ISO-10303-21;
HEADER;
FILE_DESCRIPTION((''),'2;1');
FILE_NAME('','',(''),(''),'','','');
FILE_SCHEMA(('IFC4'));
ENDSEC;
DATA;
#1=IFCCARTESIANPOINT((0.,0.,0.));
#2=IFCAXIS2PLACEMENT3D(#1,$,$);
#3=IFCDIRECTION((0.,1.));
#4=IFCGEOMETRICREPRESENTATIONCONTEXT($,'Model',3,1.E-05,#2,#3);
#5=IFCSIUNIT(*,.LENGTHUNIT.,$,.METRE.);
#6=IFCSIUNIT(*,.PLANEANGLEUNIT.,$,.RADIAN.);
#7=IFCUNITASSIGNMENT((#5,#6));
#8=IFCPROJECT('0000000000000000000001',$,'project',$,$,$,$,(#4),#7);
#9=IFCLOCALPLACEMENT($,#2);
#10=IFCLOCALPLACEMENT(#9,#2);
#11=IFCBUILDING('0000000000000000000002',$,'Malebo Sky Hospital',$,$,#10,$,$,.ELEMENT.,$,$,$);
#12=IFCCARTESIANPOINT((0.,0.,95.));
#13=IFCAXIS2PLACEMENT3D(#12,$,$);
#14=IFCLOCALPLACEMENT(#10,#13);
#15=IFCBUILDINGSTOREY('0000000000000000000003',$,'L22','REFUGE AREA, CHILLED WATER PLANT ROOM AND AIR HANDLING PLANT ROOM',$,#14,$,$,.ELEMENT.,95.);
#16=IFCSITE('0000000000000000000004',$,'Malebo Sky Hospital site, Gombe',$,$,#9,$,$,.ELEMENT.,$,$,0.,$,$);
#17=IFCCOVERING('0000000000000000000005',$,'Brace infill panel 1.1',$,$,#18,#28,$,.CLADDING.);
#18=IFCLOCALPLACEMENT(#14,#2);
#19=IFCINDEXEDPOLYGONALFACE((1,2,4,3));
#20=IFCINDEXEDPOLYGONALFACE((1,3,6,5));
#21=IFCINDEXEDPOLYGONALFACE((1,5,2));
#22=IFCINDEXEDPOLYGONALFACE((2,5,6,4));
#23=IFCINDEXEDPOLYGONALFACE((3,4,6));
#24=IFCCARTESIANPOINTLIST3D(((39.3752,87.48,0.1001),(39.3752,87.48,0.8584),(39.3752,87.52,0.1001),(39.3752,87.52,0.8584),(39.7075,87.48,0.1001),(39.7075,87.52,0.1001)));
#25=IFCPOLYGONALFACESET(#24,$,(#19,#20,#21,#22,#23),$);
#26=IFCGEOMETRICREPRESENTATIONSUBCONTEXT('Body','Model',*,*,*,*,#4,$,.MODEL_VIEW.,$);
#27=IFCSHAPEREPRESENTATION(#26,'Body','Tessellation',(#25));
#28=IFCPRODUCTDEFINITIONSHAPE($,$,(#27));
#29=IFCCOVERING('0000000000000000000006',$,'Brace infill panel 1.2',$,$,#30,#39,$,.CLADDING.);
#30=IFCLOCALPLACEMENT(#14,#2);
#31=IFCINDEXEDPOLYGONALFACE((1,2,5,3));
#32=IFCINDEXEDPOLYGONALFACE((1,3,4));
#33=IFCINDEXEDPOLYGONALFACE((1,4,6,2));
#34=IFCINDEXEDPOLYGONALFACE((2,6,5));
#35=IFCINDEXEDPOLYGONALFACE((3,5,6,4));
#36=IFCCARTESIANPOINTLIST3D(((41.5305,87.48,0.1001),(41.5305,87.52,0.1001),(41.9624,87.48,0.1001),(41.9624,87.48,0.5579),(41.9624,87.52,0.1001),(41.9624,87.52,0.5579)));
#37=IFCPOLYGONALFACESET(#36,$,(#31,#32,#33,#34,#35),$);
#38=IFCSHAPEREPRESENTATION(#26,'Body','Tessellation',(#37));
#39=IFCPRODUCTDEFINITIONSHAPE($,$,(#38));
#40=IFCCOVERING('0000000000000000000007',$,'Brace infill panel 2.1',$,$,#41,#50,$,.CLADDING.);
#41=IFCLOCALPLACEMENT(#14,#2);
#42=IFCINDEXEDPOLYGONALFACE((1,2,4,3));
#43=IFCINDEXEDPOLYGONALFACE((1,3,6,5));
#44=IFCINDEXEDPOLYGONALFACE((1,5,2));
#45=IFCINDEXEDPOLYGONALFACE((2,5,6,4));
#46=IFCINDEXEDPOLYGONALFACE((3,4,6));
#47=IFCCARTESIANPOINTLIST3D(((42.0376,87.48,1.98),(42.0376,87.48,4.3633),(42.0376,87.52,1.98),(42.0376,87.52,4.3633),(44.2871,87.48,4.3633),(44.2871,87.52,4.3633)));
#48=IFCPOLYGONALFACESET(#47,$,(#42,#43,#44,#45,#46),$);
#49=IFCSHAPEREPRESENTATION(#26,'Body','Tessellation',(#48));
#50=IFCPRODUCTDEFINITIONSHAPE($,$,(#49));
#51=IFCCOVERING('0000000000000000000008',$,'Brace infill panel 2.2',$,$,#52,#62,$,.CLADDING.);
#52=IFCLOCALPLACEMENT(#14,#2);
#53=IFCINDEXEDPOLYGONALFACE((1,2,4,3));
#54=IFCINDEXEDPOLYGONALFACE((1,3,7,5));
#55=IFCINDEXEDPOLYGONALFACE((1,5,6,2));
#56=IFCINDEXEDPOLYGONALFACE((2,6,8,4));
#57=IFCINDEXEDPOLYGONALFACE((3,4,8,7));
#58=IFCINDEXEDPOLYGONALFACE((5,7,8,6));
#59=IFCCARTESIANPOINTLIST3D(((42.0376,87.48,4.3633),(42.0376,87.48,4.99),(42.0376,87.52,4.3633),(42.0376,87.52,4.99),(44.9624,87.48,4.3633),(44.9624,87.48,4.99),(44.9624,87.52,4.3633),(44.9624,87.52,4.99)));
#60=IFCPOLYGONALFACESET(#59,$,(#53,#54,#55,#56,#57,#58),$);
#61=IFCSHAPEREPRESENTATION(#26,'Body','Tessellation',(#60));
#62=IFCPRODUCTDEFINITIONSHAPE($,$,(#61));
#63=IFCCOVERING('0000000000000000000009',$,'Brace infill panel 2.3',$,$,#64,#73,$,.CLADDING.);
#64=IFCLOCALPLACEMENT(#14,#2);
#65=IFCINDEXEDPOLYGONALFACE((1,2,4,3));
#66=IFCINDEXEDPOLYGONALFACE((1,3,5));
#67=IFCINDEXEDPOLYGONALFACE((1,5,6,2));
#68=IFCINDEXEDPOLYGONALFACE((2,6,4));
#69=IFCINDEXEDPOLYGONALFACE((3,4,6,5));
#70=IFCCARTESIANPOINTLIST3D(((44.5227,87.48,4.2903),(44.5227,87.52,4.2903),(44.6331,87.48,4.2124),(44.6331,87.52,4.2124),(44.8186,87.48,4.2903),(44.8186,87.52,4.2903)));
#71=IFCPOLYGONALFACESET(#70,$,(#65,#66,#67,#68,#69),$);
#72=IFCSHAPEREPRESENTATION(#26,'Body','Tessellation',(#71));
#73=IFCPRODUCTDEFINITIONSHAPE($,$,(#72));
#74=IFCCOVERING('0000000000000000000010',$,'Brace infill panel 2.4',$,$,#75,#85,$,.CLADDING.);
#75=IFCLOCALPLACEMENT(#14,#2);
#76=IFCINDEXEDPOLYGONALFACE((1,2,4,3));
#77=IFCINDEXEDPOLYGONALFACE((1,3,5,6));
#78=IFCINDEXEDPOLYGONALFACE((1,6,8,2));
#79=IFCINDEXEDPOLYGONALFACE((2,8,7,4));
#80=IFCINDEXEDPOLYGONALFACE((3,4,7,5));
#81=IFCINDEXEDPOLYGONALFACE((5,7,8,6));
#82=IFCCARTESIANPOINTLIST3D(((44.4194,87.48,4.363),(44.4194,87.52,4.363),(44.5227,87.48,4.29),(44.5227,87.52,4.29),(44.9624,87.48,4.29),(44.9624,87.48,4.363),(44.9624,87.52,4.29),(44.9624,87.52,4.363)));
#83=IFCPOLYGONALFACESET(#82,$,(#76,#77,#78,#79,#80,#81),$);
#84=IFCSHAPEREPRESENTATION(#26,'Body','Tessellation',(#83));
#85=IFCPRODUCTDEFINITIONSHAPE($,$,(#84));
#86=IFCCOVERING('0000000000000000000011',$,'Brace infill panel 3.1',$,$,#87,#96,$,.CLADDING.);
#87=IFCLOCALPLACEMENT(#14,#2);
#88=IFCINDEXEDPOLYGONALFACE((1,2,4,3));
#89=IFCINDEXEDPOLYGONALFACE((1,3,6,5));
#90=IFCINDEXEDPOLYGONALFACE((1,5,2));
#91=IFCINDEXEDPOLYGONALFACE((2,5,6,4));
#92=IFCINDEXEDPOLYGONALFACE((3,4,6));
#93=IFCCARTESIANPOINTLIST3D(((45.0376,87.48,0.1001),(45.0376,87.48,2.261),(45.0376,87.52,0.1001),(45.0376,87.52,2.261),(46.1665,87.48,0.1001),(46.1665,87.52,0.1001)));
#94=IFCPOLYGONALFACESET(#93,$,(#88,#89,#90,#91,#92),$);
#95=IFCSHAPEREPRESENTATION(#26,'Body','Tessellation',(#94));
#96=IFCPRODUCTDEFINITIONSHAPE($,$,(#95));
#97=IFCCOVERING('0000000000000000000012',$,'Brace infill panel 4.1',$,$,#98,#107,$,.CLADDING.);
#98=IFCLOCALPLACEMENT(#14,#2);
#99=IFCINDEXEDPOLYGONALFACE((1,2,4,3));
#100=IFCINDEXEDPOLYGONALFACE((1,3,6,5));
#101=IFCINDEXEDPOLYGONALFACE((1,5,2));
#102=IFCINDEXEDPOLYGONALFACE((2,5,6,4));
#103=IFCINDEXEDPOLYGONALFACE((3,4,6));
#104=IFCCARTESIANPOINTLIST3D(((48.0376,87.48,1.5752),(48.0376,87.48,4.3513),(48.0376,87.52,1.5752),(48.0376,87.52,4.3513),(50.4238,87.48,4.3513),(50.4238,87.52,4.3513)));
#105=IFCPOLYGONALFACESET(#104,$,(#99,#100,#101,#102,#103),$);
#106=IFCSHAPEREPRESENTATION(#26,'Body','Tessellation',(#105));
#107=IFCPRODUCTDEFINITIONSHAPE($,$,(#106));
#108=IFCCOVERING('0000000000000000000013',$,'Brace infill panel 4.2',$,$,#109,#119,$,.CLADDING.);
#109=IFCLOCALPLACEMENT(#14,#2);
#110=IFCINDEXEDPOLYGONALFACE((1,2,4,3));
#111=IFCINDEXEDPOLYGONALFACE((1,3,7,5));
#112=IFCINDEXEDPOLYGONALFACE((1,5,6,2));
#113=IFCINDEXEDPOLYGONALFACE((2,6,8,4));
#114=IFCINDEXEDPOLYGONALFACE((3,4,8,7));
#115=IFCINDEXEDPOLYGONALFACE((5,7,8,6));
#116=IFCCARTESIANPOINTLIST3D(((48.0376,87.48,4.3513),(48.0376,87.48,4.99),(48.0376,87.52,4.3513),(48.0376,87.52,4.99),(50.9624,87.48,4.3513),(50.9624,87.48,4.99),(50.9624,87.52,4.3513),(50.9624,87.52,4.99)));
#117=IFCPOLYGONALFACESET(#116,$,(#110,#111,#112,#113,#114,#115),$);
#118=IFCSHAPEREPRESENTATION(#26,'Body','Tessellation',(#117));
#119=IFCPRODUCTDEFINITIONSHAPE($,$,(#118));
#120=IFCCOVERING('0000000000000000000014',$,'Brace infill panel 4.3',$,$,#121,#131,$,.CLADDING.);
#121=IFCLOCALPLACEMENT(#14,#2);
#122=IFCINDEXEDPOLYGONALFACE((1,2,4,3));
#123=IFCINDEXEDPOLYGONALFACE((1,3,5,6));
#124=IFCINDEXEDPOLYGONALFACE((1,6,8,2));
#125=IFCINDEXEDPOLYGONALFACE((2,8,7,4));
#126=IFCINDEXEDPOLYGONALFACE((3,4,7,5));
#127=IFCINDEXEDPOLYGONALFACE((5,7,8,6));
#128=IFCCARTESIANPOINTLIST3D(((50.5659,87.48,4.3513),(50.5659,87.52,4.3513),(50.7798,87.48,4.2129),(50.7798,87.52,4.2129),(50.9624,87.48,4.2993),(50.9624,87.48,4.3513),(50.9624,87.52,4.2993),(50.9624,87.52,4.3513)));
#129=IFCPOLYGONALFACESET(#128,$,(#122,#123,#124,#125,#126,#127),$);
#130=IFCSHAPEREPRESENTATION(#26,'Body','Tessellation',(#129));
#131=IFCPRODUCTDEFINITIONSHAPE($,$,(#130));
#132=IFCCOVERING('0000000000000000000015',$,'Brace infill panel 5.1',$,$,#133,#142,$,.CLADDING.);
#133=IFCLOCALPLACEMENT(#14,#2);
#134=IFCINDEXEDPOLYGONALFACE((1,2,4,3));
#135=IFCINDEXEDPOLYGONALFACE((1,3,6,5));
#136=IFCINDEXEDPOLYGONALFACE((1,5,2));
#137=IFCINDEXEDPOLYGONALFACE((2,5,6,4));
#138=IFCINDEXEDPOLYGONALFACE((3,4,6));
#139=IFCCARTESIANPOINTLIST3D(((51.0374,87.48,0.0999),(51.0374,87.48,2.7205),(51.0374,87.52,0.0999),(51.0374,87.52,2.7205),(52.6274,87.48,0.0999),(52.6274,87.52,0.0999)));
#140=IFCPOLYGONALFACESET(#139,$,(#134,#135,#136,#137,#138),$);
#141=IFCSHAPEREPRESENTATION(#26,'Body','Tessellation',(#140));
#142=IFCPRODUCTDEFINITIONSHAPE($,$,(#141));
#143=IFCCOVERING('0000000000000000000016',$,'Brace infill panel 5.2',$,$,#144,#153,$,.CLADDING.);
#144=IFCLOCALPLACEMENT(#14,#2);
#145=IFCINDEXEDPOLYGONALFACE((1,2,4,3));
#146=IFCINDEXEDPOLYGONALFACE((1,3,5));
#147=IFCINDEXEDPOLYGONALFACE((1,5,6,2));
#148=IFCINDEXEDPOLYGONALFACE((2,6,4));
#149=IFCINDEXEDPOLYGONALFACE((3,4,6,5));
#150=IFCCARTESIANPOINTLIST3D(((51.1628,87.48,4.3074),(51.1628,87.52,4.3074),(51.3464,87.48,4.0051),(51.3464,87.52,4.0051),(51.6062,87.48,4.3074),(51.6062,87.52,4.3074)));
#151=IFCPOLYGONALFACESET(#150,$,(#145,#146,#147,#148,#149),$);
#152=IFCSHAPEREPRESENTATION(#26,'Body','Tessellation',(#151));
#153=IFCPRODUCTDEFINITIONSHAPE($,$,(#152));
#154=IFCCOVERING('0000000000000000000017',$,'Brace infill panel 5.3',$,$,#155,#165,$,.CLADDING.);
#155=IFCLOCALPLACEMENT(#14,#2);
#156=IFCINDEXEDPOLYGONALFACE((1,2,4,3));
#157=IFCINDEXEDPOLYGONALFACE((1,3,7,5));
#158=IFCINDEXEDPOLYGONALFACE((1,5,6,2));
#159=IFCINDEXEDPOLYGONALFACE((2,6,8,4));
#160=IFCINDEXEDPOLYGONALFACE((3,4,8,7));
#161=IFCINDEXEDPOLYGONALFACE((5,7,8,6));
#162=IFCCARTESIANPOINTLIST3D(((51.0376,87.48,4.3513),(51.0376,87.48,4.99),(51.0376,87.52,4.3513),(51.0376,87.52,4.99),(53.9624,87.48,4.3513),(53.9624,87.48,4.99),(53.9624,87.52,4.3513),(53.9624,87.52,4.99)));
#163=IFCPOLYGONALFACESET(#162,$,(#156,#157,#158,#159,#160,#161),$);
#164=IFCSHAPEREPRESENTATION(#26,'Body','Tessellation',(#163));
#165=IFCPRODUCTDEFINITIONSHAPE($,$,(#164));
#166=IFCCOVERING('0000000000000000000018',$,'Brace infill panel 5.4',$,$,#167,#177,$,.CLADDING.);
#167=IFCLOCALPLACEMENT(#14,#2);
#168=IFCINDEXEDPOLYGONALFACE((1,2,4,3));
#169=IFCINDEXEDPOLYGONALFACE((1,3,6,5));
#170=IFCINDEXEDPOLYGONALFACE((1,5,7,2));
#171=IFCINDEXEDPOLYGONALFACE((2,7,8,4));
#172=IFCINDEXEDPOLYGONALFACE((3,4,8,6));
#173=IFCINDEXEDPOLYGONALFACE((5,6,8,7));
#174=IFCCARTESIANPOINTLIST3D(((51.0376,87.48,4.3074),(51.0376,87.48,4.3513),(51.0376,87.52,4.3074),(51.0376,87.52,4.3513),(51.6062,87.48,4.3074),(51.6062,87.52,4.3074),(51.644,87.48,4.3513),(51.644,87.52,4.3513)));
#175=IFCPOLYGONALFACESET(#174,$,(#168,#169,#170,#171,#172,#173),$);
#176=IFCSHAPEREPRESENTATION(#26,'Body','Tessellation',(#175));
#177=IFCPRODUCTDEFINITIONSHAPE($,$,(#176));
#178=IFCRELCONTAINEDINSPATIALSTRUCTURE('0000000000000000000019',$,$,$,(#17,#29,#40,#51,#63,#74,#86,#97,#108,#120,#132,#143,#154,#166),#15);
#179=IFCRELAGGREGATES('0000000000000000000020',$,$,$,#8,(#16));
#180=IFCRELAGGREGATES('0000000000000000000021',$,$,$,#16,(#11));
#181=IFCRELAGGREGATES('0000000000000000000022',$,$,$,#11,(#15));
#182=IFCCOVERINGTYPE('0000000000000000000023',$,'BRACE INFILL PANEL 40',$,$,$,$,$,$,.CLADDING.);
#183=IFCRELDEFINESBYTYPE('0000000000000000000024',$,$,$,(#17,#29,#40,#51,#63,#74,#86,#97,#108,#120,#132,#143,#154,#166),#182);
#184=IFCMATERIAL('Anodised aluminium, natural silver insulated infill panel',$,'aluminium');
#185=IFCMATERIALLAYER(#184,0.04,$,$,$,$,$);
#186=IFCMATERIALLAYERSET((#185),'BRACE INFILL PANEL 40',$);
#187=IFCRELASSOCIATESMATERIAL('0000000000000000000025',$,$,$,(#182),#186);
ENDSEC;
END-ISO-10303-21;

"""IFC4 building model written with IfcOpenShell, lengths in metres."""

from ifc_helpers import new_model, si_unit, direction, frame, origin, place, context, subcontext, project, spatial, polyline, outline, extrude, material, layer, layer_set, type_object, element, save


model = new_model("IFC4")

# Units and contexts
model_context = context("Model", 3, precision=1e-05, world=origin(), true_north=direction((0.0, 1.0)))
body_context = subcontext(model_context, "Body", "Model", "MODEL_VIEW")
ifc_project = project(units=[si_unit("LENGTHUNIT", "METRE"), si_unit("PLANEANGLEUNIT", "RADIAN")], contexts=[model_context])

# Site, building, storey
site_placement = place(None, origin())
site = spatial("IfcSite", under=ifc_project, at=site_placement, Name="Malebo Sky Hospital site, Gombe", CompositionType="ELEMENT", RefElevation=0.0)
building_placement = place(site_placement, origin())
building = spatial("IfcBuilding", under=site, at=building_placement, Name="Malebo Sky Hospital", CompositionType="ELEMENT")
storey_placement = place(building_placement, frame((0.0, 0.0, 95.0)))
storey = spatial("IfcBuildingStorey", under=building, at=storey_placement, Name="L22", Description="REFUGE AREA, CHILLED WATER PLANT ROOM AND AIR HANDLING PLANT ROOM", CompositionType="ELEMENT", Elevation=95.0)

# Coverings
ifc_material_1 = material(Name="Anodised aluminium, natural silver insulated infill panel", Category="aluminium")
ifc_layer_1 = layer(ifc_material_1, 0.04)
ifc_layer_set_1 = layer_set([ifc_layer_1], Name="BRACE INFILL PANEL 40")
covering_type = type_object("IfcCoveringType", Name="BRACE INFILL PANEL 40", PredefinedType="CLADDING", material=ifc_layer_set_1)
covering_1_placement = place(storey_placement, frame((39.5413, 87.5, 0.1001), z_axis=(0.0, 0.0, 1.0), x_axis=(1.0, 0.0, 0.0)))
element("IfcCovering", 1, at=covering_1_placement, inside=storey, type_object=covering_type, Name="Brace infill panel 1.1", PredefinedType="CLADDING", context=body_context, shape_type="SweptSolid", body=[
    extrude(outline(polyline([(-0.166, 0.0), (0.1663, 0.0), (-0.166, 0.7583), (-0.166, 0.0)])), frame((0.0, 0.02, 0.0), z_axis=(0.0, -1.0, 0.0), x_axis=(1.0, 0.0, 0.0)), (0.0, 0.0, 1.0), 0.04),
])
covering_2_placement = place(storey_placement, frame((41.7463, 87.5, 0.1001), z_axis=(0.0, 0.0, 1.0), x_axis=(1.0, 0.0, 0.0)))
element("IfcCovering", 2, at=covering_2_placement, inside=storey, type_object=covering_type, Name="Brace infill panel 1.2", PredefinedType="CLADDING", context=body_context, shape_type="SweptSolid", body=[
    extrude(outline(polyline([(-0.2158, 0.0), (0.2161, 0.0), (0.2161, 0.4578), (-0.2158, 0.0)])), frame((0.0, 0.02, 0.0), z_axis=(0.0, -1.0, 0.0), x_axis=(1.0, 0.0, 0.0)), (0.0, 0.0, 1.0), 0.04),
])
covering_3_placement = place(storey_placement, frame((43.1624, 87.5, 1.98), z_axis=(0.0, 0.0, 1.0), x_axis=(1.0, 0.0, 0.0)))
element("IfcCovering", 3, at=covering_3_placement, inside=storey, type_object=covering_type, Name="Brace infill panel 2.1", PredefinedType="CLADDING", context=body_context, shape_type="SweptSolid", body=[
    extrude(outline(polyline([(-1.1248, 0.0), (1.1248, 2.3833), (-1.1248, 2.3833), (-1.1248, 0.0)])), frame((0.0, 0.02, 0.0), z_axis=(0.0, -1.0, 0.0), x_axis=(1.0, 0.0, 0.0)), (0.0, 0.0, 1.0), 0.04),
])
covering_4_placement = place(storey_placement, frame((43.5, 87.5, 4.3633), z_axis=(0.0, 0.0, 1.0), x_axis=(1.0, 0.0, 0.0)))
element("IfcCovering", 4, at=covering_4_placement, inside=storey, type_object=covering_type, Name="Brace infill panel 2.2", PredefinedType="CLADDING", context=body_context, shape_type="SweptSolid", body=[
    extrude(outline(polyline([(-1.4624, 0.0), (1.4624, 0.0), (1.4624, 0.6267), (-1.4624, 0.6267), (-1.4624, 0.0)])), frame((0.0, 0.02, 0.0), z_axis=(0.0, -1.0, 0.0), x_axis=(1.0, 0.0, 0.0)), (0.0, 0.0, 1.0), 0.04),
])
covering_5_placement = place(storey_placement, frame((44.6707, 87.5, 4.2124), z_axis=(0.0, 0.0, 1.0), x_axis=(1.0, 0.0, 0.0)))
element("IfcCovering", 5, at=covering_5_placement, inside=storey, type_object=covering_type, Name="Brace infill panel 2.3", PredefinedType="CLADDING", context=body_context, shape_type="SweptSolid", body=[
    extrude(outline(polyline([(-0.0376, 0.0), (0.1479, 0.0779), (-0.1479, 0.0779), (-0.0376, 0.0)])), frame((0.0, 0.02, 0.0), z_axis=(0.0, -1.0, 0.0), x_axis=(1.0, 0.0, 0.0)), (0.0, 0.0, 1.0), 0.04),
])
covering_6_placement = place(storey_placement, frame((44.6909, 87.5, 4.29), z_axis=(0.0, 0.0, 1.0), x_axis=(1.0, 0.0, 0.0)))
element("IfcCovering", 6, at=covering_6_placement, inside=storey, type_object=covering_type, Name="Brace infill panel 2.4", PredefinedType="CLADDING", context=body_context, shape_type="SweptSolid", body=[
    extrude(outline(polyline([(-0.1682, 0.0), (0.2715, 0.0), (0.2715, 0.073), (-0.2715, 0.073), (-0.1682, 0.0)])), frame((0.0, 0.02, 0.0), z_axis=(0.0, -1.0, 0.0), x_axis=(1.0, 0.0, 0.0)), (0.0, 0.0, 1.0), 0.04),
])
covering_7_placement = place(storey_placement, frame((45.6021, 87.5, 0.1001), z_axis=(0.0, 0.0, 1.0), x_axis=(1.0, 0.0, 0.0)))
element("IfcCovering", 7, at=covering_7_placement, inside=storey, type_object=covering_type, Name="Brace infill panel 3.1", PredefinedType="CLADDING", context=body_context, shape_type="SweptSolid", body=[
    extrude(outline(polyline([(-0.5645, 0.0), (0.5645, 0.0), (-0.5645, 2.1609), (-0.5645, 0.0)])), frame((0.0, 0.02, 0.0), z_axis=(0.0, -1.0, 0.0), x_axis=(1.0, 0.0, 0.0)), (0.0, 0.0, 1.0), 0.04),
])
covering_8_placement = place(storey_placement, frame((49.2307, 87.5, 1.5752), z_axis=(0.0, 0.0, 1.0), x_axis=(1.0, 0.0, 0.0)))
element("IfcCovering", 8, at=covering_8_placement, inside=storey, type_object=covering_type, Name="Brace infill panel 4.1", PredefinedType="CLADDING", context=body_context, shape_type="SweptSolid", body=[
    extrude(outline(polyline([(-1.1931, 0.0), (1.1931, 2.7761), (-1.1931, 2.7761), (-1.1931, 0.0)])), frame((0.0, 0.02, 0.0), z_axis=(0.0, -1.0, 0.0), x_axis=(1.0, 0.0, 0.0)), (0.0, 0.0, 1.0), 0.04),
])
covering_9_placement = place(storey_placement, frame((49.5, 87.5, 4.3513), z_axis=(0.0, 0.0, 1.0), x_axis=(1.0, 0.0, 0.0)))
element("IfcCovering", 9, at=covering_9_placement, inside=storey, type_object=covering_type, Name="Brace infill panel 4.2", PredefinedType="CLADDING", context=body_context, shape_type="SweptSolid", body=[
    extrude(outline(polyline([(-1.4624, 0.0), (1.4624, 0.0), (1.4624, 0.6387), (-1.4624, 0.6387), (-1.4624, 0.0)])), frame((0.0, 0.02, 0.0), z_axis=(0.0, -1.0, 0.0), x_axis=(1.0, 0.0, 0.0)), (0.0, 0.0, 1.0), 0.04),
])
covering_10_placement = place(storey_placement, frame((50.7642, 87.5, 4.2129), z_axis=(0.0, 0.0, 1.0), x_axis=(1.0, 0.0, 0.0)))
element("IfcCovering", 10, at=covering_10_placement, inside=storey, type_object=covering_type, Name="Brace infill panel 4.3", PredefinedType="CLADDING", context=body_context, shape_type="SweptSolid", body=[
    extrude(outline(polyline([(0.0156, 0.0), (0.1982, 0.0864), (0.1982, 0.1384), (-0.1982, 0.1384), (0.0156, 0.0)])), frame((0.0, 0.02, 0.0), z_axis=(0.0, -1.0, 0.0), x_axis=(1.0, 0.0, 0.0)), (0.0, 0.0, 1.0), 0.04),
])
covering_11_placement = place(storey_placement, frame((51.8325, 87.5, 0.0999), z_axis=(0.0, 0.0, 1.0), x_axis=(1.0, 0.0, 0.0)))
element("IfcCovering", 11, at=covering_11_placement, inside=storey, type_object=covering_type, Name="Brace infill panel 5.1", PredefinedType="CLADDING", context=body_context, shape_type="SweptSolid", body=[
    extrude(outline(polyline([(-0.7952, 0.0), (0.7949, 0.0), (-0.7952, 2.6206), (-0.7952, 0.0)])), frame((0.0, 0.02, 0.0), z_axis=(0.0, -1.0, 0.0), x_axis=(1.0, 0.0, 0.0)), (0.0, 0.0, 1.0), 0.04),
])
covering_12_placement = place(storey_placement, frame((51.3845, 87.5, 4.0051), z_axis=(0.0, 0.0, 1.0), x_axis=(1.0, 0.0, 0.0)))
element("IfcCovering", 12, at=covering_12_placement, inside=storey, type_object=covering_type, Name="Brace infill panel 5.2", PredefinedType="CLADDING", context=body_context, shape_type="SweptSolid", body=[
    extrude(outline(polyline([(-0.0381, 0.0), (0.2217, 0.3022), (-0.2217, 0.3022), (-0.0381, 0.0)])), frame((0.0, 0.02, 0.0), z_axis=(0.0, -1.0, 0.0), x_axis=(1.0, 0.0, 0.0)), (0.0, 0.0, 1.0), 0.04),
])
covering_13_placement = place(storey_placement, frame((52.5, 87.5, 4.3513), z_axis=(0.0, 0.0, 1.0), x_axis=(1.0, 0.0, 0.0)))
element("IfcCovering", 13, at=covering_13_placement, inside=storey, type_object=covering_type, Name="Brace infill panel 5.3", PredefinedType="CLADDING", context=body_context, shape_type="SweptSolid", body=[
    extrude(outline(polyline([(-1.4624, 0.0), (1.4624, 0.0), (1.4624, 0.6387), (-1.4624, 0.6387), (-1.4624, 0.0)])), frame((0.0, 0.02, 0.0), z_axis=(0.0, -1.0, 0.0), x_axis=(1.0, 0.0, 0.0)), (0.0, 0.0, 1.0), 0.04),
])
covering_14_placement = place(storey_placement, frame((51.3408, 87.5, 4.3074), z_axis=(0.0, 0.0, 1.0), x_axis=(1.0, 0.0, 0.0)))
element("IfcCovering", 14, at=covering_14_placement, inside=storey, type_object=covering_type, Name="Brace infill panel 5.4", PredefinedType="CLADDING", context=body_context, shape_type="SweptSolid", body=[
    extrude(outline(polyline([(-0.3032, 0.0), (0.2654, 0.0), (0.3032, 0.0439), (-0.3032, 0.0439), (-0.3032, 0.0)])), frame((0.0, 0.02, 0.0), z_axis=(0.0, -1.0, 0.0), x_axis=(1.0, 0.0, 0.0)), (0.0, 0.0, 1.0), 0.04),
])

save(model, "model.ifc")
